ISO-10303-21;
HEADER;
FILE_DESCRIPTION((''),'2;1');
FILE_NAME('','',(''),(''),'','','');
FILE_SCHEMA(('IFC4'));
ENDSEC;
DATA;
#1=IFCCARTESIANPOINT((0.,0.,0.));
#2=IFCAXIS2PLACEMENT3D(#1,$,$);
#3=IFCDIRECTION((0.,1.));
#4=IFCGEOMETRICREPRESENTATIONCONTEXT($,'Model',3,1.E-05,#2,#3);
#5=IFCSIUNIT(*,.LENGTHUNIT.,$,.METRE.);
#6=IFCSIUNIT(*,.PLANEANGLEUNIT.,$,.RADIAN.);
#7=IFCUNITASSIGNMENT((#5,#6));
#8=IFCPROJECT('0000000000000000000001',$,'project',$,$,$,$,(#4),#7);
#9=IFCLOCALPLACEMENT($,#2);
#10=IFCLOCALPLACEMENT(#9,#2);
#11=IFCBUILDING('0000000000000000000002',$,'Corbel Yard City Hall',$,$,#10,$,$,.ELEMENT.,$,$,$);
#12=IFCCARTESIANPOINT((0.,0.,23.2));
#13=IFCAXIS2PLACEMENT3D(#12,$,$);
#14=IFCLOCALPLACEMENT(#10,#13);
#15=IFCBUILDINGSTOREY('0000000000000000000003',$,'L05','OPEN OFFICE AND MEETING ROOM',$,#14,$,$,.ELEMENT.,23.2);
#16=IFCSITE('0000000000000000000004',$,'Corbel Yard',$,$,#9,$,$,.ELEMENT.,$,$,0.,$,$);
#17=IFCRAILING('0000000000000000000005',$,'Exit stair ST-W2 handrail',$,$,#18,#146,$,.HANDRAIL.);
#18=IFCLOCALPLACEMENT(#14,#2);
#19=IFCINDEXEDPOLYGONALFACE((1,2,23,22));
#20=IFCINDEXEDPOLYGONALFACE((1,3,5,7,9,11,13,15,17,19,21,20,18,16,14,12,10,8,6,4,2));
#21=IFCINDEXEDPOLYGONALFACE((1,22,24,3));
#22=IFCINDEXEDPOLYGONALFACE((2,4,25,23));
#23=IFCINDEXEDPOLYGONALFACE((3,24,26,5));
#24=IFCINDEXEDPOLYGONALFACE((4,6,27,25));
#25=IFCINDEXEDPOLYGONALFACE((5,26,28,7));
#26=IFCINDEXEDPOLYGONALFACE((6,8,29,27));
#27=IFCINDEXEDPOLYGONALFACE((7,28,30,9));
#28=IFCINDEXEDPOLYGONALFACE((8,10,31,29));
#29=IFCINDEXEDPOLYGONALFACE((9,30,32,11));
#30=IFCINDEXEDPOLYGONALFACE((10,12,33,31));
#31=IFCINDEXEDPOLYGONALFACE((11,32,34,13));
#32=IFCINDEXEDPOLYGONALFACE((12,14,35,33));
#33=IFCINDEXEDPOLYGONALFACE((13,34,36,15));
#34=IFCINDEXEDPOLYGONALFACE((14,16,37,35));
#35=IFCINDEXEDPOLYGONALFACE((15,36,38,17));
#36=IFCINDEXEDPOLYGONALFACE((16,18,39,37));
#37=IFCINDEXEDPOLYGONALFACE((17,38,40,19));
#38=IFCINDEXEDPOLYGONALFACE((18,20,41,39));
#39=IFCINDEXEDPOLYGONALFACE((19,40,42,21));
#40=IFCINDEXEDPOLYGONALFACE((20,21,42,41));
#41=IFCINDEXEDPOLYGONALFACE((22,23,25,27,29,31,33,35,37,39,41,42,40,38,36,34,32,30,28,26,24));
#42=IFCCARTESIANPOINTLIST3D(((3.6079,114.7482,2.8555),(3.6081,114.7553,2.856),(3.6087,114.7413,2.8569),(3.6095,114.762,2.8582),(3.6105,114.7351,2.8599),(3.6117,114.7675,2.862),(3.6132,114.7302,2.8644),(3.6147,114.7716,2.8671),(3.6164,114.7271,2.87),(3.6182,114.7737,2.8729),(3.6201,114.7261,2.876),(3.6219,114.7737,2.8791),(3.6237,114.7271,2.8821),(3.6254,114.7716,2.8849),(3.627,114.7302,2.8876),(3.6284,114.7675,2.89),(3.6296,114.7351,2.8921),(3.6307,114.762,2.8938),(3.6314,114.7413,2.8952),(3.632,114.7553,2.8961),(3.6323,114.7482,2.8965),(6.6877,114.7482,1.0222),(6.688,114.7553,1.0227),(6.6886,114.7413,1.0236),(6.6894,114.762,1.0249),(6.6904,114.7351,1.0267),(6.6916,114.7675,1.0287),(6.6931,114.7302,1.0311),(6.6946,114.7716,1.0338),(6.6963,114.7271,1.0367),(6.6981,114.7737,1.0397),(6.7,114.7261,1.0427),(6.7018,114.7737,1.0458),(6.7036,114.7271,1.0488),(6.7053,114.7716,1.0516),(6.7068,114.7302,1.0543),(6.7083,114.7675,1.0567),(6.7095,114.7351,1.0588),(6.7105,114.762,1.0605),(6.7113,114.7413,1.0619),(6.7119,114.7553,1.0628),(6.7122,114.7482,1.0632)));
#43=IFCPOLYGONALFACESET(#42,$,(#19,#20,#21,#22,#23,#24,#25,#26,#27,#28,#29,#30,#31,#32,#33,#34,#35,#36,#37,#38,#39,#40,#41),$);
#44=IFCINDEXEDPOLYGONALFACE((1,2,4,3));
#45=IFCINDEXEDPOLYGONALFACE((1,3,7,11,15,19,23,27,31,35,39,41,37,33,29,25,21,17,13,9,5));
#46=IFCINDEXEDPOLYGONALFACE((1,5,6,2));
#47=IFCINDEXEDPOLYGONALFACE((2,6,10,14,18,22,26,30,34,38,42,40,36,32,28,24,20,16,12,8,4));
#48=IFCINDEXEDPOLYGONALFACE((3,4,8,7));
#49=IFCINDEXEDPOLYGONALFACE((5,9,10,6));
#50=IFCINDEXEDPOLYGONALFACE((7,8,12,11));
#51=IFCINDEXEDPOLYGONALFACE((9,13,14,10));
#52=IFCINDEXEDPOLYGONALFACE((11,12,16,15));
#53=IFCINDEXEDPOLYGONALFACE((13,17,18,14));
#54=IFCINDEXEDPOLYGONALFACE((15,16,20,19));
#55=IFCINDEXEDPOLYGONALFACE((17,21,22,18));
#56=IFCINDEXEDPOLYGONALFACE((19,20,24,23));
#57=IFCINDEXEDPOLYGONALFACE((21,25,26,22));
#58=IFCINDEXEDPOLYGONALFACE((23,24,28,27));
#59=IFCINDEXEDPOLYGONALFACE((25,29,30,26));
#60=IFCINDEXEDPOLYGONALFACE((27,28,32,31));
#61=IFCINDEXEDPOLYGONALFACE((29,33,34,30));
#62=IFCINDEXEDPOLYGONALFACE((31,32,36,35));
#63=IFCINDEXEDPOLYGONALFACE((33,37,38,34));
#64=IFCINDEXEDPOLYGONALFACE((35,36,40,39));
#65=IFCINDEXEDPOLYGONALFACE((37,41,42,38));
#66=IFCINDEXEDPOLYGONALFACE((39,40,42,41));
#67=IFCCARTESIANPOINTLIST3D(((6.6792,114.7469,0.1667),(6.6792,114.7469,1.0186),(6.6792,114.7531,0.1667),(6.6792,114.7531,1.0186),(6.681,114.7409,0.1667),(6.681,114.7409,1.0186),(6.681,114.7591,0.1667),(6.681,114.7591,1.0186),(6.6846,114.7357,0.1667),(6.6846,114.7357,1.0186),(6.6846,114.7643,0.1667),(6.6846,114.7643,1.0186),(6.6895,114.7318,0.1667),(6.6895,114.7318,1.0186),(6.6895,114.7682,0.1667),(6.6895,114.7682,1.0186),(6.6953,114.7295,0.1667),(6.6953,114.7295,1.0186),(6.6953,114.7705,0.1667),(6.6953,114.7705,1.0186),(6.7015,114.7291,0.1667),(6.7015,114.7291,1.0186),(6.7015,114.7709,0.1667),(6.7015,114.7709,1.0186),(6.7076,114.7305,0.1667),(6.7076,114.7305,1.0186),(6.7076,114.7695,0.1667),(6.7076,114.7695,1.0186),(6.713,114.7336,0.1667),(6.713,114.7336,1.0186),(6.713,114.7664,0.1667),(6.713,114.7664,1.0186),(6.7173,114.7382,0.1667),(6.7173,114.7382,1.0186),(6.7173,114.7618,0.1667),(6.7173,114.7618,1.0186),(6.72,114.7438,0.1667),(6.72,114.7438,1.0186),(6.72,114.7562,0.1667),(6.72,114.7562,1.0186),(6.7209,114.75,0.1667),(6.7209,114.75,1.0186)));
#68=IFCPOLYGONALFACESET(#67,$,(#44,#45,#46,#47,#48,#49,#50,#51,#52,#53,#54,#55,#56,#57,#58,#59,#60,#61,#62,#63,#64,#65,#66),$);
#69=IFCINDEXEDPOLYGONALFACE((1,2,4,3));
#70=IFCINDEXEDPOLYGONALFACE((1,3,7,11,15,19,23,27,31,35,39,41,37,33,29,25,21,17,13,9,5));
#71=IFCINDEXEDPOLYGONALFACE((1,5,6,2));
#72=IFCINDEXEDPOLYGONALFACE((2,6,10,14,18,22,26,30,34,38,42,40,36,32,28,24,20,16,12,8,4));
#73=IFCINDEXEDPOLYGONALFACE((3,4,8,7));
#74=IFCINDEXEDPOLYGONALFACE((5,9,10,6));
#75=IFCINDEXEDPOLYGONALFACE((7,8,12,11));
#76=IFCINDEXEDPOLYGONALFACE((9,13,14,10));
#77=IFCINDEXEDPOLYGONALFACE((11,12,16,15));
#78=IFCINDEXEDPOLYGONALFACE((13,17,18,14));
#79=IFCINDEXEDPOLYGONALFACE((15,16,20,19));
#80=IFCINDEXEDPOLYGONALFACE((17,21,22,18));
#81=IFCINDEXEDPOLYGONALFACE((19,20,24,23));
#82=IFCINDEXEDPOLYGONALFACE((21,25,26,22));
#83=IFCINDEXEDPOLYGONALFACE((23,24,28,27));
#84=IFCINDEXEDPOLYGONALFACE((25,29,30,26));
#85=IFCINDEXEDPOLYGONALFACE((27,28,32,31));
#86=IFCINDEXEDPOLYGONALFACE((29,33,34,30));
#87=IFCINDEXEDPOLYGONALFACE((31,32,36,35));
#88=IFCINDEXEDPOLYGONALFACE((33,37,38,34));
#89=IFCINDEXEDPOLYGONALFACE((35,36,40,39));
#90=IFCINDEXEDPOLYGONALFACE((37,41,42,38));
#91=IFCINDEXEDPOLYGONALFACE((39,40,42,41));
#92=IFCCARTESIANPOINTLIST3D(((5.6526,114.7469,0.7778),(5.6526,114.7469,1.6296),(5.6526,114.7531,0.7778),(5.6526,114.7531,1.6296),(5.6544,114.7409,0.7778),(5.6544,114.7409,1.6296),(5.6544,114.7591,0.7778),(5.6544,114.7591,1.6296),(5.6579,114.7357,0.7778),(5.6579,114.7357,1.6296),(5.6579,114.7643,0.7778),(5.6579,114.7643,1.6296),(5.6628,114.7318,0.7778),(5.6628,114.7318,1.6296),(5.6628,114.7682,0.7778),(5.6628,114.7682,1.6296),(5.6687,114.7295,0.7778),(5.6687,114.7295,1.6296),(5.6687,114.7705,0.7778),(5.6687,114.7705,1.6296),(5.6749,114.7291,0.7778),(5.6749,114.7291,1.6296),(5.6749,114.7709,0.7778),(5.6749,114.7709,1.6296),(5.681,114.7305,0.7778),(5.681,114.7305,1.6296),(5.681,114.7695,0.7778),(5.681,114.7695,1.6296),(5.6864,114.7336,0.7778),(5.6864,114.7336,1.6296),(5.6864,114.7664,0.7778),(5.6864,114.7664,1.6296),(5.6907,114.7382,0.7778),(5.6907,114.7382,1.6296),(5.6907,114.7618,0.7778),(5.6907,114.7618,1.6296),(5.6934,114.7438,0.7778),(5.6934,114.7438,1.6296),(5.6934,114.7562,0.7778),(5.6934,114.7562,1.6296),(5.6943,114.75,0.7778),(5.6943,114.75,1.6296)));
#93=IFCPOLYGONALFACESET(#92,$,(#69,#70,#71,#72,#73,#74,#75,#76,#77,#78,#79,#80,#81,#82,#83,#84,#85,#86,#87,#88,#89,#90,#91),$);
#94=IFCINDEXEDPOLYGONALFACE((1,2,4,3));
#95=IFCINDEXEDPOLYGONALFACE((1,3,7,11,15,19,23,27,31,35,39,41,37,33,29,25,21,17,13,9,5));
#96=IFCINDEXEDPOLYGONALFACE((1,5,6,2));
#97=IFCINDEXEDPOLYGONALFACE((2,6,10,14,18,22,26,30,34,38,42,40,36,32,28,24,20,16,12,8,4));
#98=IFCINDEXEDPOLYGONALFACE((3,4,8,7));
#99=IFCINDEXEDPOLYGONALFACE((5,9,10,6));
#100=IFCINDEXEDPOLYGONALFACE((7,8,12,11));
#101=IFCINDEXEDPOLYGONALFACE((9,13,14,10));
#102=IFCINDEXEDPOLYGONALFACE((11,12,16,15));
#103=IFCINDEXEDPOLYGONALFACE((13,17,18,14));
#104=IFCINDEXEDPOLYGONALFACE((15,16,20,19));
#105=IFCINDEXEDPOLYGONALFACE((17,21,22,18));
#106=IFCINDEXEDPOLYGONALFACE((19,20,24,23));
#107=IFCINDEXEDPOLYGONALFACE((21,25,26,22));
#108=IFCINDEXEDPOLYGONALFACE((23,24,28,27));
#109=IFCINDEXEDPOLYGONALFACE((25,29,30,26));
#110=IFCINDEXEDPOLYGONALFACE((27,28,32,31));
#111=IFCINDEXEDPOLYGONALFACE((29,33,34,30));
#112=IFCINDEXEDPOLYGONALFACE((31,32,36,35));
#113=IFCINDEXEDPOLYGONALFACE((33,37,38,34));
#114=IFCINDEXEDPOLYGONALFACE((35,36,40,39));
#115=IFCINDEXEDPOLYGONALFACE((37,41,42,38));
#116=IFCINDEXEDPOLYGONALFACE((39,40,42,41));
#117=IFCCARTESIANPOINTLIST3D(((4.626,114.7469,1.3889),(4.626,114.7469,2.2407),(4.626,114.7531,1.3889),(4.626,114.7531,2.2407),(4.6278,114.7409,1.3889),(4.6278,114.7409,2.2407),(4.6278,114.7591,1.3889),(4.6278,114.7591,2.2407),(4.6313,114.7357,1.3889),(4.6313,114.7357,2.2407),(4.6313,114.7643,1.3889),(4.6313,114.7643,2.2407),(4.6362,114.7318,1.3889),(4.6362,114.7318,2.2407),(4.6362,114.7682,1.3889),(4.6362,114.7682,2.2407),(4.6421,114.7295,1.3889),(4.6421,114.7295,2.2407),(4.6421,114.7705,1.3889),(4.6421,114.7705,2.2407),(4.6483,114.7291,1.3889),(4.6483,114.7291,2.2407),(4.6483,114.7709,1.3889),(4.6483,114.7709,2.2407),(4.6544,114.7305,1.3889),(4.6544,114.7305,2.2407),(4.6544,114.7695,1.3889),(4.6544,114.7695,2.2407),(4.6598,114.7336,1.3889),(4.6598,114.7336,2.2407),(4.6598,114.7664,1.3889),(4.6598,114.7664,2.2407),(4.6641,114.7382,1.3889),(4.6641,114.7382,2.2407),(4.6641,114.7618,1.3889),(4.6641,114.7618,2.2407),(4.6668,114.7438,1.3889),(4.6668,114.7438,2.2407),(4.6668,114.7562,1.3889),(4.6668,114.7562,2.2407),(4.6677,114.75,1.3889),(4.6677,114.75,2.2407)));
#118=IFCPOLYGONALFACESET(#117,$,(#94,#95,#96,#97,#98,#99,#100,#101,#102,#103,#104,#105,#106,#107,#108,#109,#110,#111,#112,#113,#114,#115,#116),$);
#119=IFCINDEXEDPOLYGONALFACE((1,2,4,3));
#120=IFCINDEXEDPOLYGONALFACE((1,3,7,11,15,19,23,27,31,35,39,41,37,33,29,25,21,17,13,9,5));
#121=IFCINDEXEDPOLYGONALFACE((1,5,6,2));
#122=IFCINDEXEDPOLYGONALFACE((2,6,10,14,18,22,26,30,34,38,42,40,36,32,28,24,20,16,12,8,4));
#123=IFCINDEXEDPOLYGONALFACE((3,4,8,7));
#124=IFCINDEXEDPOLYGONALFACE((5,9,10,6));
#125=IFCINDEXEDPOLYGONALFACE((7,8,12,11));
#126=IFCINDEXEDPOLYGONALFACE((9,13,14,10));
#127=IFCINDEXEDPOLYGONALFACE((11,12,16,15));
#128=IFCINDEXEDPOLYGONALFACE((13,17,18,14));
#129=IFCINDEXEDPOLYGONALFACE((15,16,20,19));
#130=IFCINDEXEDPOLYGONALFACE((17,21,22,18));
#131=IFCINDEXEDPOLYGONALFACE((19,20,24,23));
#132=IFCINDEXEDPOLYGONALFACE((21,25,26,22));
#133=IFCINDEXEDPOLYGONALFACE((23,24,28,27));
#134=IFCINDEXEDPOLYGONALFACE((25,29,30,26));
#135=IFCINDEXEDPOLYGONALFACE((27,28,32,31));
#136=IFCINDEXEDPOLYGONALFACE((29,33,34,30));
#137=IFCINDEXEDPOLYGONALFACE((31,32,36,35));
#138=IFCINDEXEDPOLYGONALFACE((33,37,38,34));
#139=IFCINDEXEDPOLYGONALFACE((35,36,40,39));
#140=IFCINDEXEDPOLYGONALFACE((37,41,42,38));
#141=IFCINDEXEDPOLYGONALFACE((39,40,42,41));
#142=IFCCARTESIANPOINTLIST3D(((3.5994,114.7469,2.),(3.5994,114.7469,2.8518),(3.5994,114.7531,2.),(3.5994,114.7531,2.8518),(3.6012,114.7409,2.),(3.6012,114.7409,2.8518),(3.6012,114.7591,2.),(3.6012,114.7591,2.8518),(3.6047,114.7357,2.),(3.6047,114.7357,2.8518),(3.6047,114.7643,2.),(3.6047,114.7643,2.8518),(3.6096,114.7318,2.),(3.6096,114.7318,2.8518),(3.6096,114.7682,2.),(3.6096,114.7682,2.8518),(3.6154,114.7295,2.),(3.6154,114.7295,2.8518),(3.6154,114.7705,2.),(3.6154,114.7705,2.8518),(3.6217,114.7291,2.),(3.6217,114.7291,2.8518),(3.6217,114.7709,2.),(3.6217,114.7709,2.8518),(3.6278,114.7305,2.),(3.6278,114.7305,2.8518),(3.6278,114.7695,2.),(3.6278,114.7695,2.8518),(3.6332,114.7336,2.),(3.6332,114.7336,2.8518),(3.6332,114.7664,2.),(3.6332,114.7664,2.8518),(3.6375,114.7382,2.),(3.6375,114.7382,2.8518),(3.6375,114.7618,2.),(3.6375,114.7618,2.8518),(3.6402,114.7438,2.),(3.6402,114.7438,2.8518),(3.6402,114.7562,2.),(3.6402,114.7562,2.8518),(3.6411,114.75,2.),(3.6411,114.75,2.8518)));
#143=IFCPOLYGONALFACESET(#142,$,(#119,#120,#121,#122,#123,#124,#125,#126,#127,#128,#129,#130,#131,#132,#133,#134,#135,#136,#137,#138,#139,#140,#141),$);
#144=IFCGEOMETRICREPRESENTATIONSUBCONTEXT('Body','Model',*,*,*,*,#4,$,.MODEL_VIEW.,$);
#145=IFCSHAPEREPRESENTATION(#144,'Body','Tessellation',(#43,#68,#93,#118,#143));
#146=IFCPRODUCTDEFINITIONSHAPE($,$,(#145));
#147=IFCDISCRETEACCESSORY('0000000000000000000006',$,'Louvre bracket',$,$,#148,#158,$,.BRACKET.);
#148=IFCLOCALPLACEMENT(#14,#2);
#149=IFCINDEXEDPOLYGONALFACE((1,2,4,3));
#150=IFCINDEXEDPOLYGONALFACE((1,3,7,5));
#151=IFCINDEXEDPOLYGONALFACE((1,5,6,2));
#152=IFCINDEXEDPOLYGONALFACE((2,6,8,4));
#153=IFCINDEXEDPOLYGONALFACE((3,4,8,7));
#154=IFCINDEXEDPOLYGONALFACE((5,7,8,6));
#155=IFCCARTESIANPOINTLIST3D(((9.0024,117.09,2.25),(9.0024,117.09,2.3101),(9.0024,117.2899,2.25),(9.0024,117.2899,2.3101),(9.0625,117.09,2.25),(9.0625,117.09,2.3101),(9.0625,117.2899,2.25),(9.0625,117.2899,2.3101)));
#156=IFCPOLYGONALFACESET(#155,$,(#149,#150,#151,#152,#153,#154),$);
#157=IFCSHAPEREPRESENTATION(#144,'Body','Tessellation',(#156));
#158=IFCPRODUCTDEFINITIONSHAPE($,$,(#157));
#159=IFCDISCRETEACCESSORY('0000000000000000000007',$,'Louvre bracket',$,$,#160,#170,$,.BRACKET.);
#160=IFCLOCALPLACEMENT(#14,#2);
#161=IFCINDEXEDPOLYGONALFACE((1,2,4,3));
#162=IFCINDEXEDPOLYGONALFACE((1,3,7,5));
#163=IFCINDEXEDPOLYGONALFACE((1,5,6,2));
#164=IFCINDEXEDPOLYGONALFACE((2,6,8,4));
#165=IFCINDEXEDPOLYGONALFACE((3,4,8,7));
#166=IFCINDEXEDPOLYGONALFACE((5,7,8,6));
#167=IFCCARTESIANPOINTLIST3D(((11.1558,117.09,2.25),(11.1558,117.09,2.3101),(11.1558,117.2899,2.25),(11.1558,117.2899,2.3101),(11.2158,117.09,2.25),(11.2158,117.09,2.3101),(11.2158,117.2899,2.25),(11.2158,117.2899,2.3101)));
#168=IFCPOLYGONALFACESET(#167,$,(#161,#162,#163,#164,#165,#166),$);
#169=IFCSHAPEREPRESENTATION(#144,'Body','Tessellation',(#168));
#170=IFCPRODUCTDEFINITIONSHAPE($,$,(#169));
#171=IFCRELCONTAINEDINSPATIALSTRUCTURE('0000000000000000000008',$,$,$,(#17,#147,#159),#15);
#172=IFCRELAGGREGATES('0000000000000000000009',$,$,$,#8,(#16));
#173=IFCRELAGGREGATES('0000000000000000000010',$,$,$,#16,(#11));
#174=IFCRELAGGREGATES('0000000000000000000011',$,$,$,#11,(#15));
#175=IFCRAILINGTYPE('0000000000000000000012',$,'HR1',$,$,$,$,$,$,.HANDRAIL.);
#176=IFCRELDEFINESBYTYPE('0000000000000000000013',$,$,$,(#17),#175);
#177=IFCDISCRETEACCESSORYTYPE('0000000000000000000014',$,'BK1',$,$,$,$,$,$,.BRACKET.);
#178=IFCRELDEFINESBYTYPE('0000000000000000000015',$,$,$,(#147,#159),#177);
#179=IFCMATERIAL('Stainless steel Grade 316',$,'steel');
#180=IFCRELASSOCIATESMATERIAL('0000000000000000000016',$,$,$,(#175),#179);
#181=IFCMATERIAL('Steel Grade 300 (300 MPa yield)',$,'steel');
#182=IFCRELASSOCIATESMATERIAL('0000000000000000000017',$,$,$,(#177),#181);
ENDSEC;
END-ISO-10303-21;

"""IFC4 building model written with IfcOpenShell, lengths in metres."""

from ifc_helpers import new_model, si_unit, direction, frame, origin, origin_2d, place, context, subcontext, project, spatial, rectangle, circle, extrude, material, type_object, element, save


model = new_model("IFC4")

# Units and contexts
model_context = context("Model", 3, precision=1e-05, world=origin(), true_north=direction((0.0, 1.0)))
body_context = subcontext(model_context, "Body", "Model", "MODEL_VIEW")
ifc_project = project(units=[si_unit("LENGTHUNIT", "METRE"), si_unit("PLANEANGLEUNIT", "RADIAN")], contexts=[model_context])

# Site, building, storey
site_placement = place(None, origin())
site = spatial("IfcSite", under=ifc_project, at=site_placement, Name="Corbel Yard", CompositionType="ELEMENT", RefElevation=0.0)
building_placement = place(site_placement, origin())
building = spatial("IfcBuilding", under=site, at=building_placement, Name="Corbel Yard City Hall", CompositionType="ELEMENT")
storey_placement = place(building_placement, frame((0.0, 0.0, 23.2)))
storey = spatial("IfcBuildingStorey", under=building, at=storey_placement, Name="L05", Description="OPEN OFFICE AND MEETING ROOM", CompositionType="ELEMENT", Elevation=23.2)

# Railing
ifc_material_1 = material(Name="Stainless steel Grade 316", Category="steel")
railing_type = type_object("IfcRailingType", Name="HR1", PredefinedType="HANDRAIL", material=ifc_material_1)
for number, where, name in (
    (1, (6.7, 114.75, 0.1667), "Exit stair ST-W2 handrail"),
):
    element("IfcRailing", number, at=place(storey_placement, frame(where)), inside=storey, type_object=railing_type, Name=name, PredefinedType="HANDRAIL", context=body_context, shape_type="SweptSolid", body=[
        extrude(circle(Radius=0.0239, at=origin_2d()), frame((0.0, 0.0, 0.876), z_axis=(-0.859291, 0.0, 0.511487), x_axis=(0.0, -1.0, 0.0)), (0.0, 0.0, 1.0), 3.5842),
        extrude(circle(Radius=0.021, at=origin_2d()), origin(), (0.0, 0.0, 1.0), 0.8518),
        extrude(circle(Radius=0.021, at=origin_2d()), frame((-1.0266, 0.0, 0.6111)), (0.0, 0.0, 1.0), 0.8518),
        extrude(circle(Radius=0.021, at=origin_2d()), frame((-2.0532, 0.0, 1.2222)), (0.0, 0.0, 1.0), 0.8518),
        extrude(circle(Radius=0.021, at=origin_2d()), frame((-3.0798, 0.0, 1.8333)), (0.0, 0.0, 1.0), 0.8518),
    ])

# Discrete accessories
ifc_material_2 = material(Name="Steel Grade 300 (300 MPa yield)", Category="steel")
discrete_accessory_type = type_object("IfcDiscreteAccessoryType", Name="BK1", PredefinedType="BRACKET", material=ifc_material_2)
for number, where, z_axis, x_axis, name in (
    (2, (9.0325, 117.1899, 2.25), (0.0, 0.0, 1.0), (1.0, 0.0, 0.0), "Louvre bracket"),
    (3, (11.1858, 117.1899, 2.25), (0.0, 0.0, 1.0), (1.0, 0.0, 0.0), "Louvre bracket"),
):
    element("IfcDiscreteAccessory", number, at=place(storey_placement, frame(where, z_axis=z_axis, x_axis=x_axis)), inside=storey, type_object=discrete_accessory_type, Name=name, PredefinedType="BRACKET", context=body_context, shape_type="SweptSolid", body=[
        extrude(rectangle(XDim=0.0601, YDim=0.2, at=origin_2d()), origin(), (0.0, 0.0, 1.0), 0.0601),
    ])

save(model, "model.ifc")
